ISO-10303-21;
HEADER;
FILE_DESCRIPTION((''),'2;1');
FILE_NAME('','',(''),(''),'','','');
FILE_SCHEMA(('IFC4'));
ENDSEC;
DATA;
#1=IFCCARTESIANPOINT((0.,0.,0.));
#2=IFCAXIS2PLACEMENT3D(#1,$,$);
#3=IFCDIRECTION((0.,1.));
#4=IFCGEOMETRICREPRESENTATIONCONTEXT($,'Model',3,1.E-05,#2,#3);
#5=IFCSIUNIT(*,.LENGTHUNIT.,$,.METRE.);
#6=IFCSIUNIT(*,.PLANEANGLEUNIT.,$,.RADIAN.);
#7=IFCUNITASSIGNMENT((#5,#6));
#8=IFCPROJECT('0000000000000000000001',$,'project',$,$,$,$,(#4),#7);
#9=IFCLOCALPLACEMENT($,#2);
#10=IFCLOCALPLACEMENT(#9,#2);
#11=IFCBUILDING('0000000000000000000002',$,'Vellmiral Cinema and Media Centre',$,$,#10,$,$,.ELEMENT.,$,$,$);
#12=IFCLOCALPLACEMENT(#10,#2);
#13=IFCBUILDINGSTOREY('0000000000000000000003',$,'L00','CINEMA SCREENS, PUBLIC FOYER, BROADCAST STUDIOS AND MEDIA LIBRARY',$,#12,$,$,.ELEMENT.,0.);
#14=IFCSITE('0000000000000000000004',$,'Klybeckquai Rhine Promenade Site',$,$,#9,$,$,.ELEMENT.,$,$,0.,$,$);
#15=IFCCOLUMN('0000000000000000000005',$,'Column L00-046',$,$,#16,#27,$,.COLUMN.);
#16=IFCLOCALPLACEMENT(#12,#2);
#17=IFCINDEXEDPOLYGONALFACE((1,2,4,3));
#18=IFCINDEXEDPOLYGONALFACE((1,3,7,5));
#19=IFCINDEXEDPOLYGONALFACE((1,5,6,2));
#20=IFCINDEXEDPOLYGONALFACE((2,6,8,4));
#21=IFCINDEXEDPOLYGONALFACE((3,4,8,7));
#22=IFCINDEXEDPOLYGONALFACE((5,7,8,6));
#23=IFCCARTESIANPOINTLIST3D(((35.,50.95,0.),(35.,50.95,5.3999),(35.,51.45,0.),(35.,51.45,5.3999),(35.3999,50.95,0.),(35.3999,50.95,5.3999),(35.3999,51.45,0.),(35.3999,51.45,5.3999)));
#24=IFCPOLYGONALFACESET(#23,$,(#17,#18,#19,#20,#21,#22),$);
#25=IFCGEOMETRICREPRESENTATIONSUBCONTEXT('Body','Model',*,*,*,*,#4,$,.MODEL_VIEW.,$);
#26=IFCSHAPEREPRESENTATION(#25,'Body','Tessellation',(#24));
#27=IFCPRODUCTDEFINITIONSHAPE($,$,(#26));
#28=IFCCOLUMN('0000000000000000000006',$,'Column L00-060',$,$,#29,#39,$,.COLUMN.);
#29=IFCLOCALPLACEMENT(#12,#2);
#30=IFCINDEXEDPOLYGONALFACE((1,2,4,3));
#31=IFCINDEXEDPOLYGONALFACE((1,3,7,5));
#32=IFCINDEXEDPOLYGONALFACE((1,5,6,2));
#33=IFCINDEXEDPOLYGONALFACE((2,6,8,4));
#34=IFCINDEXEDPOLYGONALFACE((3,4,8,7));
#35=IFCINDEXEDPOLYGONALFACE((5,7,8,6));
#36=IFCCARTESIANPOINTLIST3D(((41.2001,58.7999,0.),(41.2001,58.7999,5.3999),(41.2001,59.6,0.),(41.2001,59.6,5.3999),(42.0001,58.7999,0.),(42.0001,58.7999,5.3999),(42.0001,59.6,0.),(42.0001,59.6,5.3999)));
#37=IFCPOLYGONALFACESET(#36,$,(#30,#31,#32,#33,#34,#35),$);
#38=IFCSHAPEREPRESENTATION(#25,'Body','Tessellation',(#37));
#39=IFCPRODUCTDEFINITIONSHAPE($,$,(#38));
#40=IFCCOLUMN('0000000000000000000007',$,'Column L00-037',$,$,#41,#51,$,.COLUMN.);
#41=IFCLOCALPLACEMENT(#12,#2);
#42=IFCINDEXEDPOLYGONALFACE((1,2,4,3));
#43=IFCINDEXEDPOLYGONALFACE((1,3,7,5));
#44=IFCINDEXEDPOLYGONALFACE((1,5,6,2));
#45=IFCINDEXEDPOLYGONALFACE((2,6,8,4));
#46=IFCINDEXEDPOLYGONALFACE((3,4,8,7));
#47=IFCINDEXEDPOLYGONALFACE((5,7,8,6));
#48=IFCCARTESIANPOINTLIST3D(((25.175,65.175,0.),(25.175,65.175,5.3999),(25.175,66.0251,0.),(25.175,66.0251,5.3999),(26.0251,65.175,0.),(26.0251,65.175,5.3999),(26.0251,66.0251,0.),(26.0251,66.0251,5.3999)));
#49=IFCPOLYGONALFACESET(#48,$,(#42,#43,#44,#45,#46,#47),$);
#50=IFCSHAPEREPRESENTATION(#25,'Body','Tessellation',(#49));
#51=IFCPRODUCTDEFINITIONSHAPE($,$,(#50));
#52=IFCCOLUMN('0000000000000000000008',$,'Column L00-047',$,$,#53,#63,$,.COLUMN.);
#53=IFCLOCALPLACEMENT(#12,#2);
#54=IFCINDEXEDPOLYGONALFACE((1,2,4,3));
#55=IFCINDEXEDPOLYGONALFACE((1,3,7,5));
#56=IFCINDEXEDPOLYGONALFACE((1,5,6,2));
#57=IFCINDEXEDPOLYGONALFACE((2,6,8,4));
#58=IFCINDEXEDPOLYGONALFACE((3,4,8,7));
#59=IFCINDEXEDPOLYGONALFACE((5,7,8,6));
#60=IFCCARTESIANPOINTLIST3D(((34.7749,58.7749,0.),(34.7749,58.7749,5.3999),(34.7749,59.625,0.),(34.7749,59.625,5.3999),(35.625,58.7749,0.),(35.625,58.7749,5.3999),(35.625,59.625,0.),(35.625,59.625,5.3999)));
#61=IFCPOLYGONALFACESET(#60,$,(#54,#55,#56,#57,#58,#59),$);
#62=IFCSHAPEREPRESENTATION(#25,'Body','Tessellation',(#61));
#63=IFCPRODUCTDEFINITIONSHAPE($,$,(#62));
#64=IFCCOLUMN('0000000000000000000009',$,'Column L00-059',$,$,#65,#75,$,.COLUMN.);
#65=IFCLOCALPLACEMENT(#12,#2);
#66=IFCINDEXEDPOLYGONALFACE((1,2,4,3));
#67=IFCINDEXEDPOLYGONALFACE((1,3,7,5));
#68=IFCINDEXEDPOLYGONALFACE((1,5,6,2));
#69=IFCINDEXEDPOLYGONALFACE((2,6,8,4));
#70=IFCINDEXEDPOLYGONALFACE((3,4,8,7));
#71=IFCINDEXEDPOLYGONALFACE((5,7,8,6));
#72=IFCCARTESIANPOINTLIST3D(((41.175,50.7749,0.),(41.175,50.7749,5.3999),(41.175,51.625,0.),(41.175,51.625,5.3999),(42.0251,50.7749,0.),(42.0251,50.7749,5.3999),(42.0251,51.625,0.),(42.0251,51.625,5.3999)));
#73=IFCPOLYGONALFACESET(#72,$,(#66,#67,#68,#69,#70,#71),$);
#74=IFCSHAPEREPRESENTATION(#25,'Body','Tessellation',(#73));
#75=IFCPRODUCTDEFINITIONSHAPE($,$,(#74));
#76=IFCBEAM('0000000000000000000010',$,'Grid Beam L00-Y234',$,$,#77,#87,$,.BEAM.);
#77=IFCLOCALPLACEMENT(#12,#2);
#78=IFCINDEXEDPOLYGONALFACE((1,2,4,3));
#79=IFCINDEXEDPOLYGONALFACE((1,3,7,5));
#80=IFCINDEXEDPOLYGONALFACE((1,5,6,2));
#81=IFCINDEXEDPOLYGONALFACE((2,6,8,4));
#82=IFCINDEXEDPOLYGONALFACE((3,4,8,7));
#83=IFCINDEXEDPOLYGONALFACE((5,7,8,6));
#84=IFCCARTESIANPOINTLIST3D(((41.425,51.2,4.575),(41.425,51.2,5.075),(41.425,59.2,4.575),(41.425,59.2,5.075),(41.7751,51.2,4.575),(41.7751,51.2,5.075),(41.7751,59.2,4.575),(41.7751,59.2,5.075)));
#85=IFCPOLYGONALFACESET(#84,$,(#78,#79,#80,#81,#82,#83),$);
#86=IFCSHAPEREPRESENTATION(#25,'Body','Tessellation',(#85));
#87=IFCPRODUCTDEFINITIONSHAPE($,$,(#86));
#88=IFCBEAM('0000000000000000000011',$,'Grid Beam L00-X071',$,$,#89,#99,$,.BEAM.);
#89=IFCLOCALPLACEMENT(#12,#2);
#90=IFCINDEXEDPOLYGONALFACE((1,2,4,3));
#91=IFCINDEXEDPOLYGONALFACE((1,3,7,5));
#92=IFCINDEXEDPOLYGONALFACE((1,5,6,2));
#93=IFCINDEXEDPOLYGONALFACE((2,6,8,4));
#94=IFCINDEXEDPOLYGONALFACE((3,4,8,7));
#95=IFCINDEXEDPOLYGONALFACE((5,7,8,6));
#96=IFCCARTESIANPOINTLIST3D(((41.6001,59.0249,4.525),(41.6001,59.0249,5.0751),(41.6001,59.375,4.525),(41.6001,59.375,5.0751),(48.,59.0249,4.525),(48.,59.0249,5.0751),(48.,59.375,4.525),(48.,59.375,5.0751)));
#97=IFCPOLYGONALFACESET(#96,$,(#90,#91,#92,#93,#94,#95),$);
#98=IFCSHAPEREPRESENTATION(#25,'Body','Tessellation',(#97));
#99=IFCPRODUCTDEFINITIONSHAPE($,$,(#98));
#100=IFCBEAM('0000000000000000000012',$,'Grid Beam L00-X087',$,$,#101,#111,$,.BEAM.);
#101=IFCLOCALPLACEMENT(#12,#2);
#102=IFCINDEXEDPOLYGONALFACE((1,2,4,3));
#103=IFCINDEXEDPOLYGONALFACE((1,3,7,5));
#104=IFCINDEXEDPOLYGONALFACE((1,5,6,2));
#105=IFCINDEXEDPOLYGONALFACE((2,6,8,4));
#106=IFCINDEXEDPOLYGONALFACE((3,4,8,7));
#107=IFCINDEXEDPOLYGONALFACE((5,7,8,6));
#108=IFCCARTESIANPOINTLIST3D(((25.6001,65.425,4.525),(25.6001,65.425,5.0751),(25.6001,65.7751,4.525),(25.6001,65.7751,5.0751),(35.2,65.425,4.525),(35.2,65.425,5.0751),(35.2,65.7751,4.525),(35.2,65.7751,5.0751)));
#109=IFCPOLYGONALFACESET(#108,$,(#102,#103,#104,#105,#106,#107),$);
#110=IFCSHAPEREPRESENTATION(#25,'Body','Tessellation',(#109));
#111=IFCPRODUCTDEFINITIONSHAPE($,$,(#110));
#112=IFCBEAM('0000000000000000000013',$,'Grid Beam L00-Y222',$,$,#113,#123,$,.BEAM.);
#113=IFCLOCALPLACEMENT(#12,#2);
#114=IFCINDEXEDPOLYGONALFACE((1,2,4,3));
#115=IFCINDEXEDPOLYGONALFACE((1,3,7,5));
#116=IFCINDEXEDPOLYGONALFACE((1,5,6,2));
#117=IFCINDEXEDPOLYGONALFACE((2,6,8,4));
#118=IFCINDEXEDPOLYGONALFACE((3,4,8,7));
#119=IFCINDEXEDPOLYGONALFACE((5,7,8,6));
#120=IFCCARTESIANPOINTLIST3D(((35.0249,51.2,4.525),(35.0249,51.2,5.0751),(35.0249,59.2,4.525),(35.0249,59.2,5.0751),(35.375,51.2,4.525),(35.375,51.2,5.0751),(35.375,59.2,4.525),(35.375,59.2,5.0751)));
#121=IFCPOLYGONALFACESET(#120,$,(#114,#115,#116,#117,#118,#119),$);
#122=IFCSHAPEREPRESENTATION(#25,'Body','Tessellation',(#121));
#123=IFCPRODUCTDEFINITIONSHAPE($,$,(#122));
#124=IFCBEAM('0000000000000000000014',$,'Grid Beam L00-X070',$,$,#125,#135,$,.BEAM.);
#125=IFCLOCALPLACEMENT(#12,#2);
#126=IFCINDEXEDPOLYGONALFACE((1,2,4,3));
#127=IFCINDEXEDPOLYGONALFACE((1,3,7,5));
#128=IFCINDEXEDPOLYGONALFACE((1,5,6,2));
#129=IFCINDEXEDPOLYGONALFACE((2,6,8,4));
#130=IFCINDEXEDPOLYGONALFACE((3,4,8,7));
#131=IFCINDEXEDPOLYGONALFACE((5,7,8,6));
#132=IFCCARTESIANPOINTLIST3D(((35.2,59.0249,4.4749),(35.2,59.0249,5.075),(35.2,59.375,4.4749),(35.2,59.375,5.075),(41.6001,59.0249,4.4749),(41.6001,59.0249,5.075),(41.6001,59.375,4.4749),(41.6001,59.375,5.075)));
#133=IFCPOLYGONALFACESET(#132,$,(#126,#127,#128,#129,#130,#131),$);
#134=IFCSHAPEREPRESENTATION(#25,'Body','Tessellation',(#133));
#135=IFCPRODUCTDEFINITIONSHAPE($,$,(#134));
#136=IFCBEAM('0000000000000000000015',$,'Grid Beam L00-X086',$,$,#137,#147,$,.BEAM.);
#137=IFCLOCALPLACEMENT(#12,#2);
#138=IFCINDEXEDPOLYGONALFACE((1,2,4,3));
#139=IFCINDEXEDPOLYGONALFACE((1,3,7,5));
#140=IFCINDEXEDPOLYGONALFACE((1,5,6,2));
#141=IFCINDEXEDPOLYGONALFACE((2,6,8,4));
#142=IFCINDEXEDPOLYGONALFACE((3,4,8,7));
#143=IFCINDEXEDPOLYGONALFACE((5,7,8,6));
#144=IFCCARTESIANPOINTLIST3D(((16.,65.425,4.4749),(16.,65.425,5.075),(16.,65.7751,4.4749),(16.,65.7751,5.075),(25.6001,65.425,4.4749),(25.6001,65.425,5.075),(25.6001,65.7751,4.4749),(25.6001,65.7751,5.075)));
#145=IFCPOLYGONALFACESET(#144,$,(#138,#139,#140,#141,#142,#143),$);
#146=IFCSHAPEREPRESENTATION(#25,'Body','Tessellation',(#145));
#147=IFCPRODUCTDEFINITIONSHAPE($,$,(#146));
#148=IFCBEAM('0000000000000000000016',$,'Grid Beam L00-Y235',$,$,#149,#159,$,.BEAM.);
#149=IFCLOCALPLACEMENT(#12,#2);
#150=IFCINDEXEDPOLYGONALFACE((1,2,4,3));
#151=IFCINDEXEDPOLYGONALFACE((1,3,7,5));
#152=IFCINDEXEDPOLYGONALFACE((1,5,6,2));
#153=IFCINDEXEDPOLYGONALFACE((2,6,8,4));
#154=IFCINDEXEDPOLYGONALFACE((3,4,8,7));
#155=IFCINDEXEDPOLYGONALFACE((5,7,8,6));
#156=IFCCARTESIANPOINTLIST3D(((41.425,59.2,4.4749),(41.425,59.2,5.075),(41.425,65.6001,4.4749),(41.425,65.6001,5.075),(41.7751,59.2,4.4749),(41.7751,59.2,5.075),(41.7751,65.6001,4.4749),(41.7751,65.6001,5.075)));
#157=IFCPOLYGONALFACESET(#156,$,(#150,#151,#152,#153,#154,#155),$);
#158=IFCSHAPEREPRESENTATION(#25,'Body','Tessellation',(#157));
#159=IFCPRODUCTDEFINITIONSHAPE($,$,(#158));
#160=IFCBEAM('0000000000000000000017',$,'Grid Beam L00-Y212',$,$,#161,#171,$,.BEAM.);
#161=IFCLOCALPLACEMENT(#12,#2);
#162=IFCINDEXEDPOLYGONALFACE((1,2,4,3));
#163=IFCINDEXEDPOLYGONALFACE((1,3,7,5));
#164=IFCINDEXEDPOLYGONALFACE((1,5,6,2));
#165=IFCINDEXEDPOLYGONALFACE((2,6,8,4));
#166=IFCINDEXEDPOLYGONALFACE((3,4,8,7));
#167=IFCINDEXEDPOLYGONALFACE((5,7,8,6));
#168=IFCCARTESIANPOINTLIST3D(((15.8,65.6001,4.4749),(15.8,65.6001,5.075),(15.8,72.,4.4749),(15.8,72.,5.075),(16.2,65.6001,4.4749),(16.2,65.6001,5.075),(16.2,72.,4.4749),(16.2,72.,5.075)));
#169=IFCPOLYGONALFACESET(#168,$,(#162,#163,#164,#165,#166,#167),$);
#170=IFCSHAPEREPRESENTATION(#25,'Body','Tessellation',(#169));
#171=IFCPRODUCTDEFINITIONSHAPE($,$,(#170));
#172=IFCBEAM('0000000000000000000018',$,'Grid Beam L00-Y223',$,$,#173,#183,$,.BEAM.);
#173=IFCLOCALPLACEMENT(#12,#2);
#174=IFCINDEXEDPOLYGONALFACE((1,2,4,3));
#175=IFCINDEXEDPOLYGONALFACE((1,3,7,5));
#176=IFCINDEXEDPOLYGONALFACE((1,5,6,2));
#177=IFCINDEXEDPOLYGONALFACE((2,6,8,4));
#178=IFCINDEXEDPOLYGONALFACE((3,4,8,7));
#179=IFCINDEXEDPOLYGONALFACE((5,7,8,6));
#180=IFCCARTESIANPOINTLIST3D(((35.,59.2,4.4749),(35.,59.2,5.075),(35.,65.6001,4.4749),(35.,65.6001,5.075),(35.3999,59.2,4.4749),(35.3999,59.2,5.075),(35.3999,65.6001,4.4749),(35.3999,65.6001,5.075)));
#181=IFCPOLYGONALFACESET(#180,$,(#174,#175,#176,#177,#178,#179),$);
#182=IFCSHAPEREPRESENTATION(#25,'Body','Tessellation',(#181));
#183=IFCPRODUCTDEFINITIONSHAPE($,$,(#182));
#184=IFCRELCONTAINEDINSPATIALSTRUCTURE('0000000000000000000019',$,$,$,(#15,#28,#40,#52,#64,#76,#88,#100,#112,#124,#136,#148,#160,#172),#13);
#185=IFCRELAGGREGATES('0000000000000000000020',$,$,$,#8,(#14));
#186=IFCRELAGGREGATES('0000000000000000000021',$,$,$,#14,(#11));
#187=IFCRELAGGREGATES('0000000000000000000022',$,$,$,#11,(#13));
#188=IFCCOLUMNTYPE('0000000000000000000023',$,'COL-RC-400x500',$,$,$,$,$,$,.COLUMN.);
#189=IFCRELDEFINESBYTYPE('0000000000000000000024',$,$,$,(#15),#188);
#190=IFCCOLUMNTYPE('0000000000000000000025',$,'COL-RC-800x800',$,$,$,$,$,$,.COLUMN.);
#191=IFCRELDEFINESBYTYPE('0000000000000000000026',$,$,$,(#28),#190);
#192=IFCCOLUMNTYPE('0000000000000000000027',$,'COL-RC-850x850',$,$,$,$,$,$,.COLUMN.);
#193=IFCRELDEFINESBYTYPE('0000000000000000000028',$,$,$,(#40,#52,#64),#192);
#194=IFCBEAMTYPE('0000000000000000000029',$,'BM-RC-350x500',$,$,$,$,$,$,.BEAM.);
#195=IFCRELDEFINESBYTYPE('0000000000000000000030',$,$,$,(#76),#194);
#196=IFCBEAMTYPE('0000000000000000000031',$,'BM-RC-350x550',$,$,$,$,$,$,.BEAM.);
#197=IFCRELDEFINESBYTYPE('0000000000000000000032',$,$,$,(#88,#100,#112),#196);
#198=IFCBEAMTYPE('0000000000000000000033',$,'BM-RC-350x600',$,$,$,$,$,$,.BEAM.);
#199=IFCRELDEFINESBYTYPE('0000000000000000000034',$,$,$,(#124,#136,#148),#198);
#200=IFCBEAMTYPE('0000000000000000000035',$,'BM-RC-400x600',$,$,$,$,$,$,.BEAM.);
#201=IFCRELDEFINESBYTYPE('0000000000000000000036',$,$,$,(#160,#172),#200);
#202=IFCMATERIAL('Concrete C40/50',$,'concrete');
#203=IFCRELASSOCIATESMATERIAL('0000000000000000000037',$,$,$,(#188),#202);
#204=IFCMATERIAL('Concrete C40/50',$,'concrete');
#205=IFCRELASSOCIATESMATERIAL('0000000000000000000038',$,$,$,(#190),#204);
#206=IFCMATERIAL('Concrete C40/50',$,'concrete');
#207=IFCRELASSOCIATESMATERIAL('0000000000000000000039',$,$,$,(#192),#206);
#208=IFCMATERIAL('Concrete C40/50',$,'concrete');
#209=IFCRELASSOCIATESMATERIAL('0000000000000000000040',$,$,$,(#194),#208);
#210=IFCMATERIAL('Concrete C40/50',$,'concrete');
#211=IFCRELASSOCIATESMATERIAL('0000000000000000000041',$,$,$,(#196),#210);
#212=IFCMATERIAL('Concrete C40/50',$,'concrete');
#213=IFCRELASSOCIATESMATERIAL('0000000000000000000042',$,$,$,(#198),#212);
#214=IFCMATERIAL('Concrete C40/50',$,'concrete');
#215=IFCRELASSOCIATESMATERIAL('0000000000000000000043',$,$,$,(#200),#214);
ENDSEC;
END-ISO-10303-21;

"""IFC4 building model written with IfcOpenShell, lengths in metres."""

from ifc_helpers import new_model, si_unit, direction, frame, origin, origin_2d, place, context, subcontext, project, spatial, rectangle, extrude, material, material_profile, profile_set, type_object, element, save


model = new_model("IFC4")

# Units and contexts
model_context = context("Model", 3, precision=1e-05, world=origin(), true_north=direction((0.0, 1.0)))
body_context = subcontext(model_context, "Body", "Model", "MODEL_VIEW")
ifc_project = project(units=[si_unit("LENGTHUNIT", "METRE"), si_unit("PLANEANGLEUNIT", "RADIAN")], contexts=[model_context])

# Site, building, storey
site_placement = place(None, origin())
site = spatial("IfcSite", under=ifc_project, at=site_placement, Name="Klybeckquai Rhine Promenade Site", CompositionType="ELEMENT", RefElevation=0.0)
building_placement = place(site_placement, origin())
building = spatial("IfcBuilding", under=site, at=building_placement, Name="Vellmiral Cinema and Media Centre", CompositionType="ELEMENT")
storey_placement = place(building_placement, origin())
storey = spatial("IfcBuildingStorey", under=building, at=storey_placement, Name="L00", Description="CINEMA SCREENS, PUBLIC FOYER, BROADCAST STUDIOS AND MEDIA LIBRARY", CompositionType="ELEMENT", Elevation=0.0)

# Columns
ifc_material_1 = material(Name="Concrete C40/50", Category="concrete")
ifc_material_profile_1 = material_profile(ifc_material_1, rectangle(XDim=0.3999, YDim=0.5, at=origin_2d()), Name="RC 400x500")
ifc_profile_set_1 = profile_set([ifc_material_profile_1], Name="Concrete C40/50")
column_type_1 = type_object("IfcColumnType", Name="COL-RC-400x500", PredefinedType="COLUMN", material=ifc_profile_set_1)
column_1_placement = place(storey_placement, frame((35.2, 51.2, 0.0), z_axis=(0.0, 0.0, 1.0), x_axis=(1.0, 0.0, 0.0)))
element("IfcColumn", 1, at=column_1_placement, inside=storey, type_object=column_type_1, Name="Column L00-046", PredefinedType="COLUMN", context=body_context, shape_type="SweptSolid", body=[
    extrude(rectangle(XDim=0.3999, YDim=0.5, at=origin_2d()), origin(), (0.0, 0.0, 1.0), 5.3999),
])
ifc_material_2 = material(Name="Concrete C40/50", Category="concrete")
ifc_material_profile_2 = material_profile(ifc_material_2, rectangle(XDim=0.8, YDim=0.8, at=origin_2d()), Name="RC 800x800")
ifc_profile_set_2 = profile_set([ifc_material_profile_2], Name="Concrete C40/50")
column_type_2 = type_object("IfcColumnType", Name="COL-RC-800x800", PredefinedType="COLUMN", material=ifc_profile_set_2)
column_2_placement = place(storey_placement, frame((41.6001, 59.2, 0.0), z_axis=(0.0, 0.0, 1.0), x_axis=(1.0, 0.0, 0.0)))
element("IfcColumn", 2, at=column_2_placement, inside=storey, type_object=column_type_2, Name="Column L00-060", PredefinedType="COLUMN", context=body_context, shape_type="SweptSolid", body=[
    extrude(rectangle(XDim=0.8, YDim=0.8, at=origin_2d()), origin(), (0.0, 0.0, 1.0), 5.3999),
])
ifc_material_3 = material(Name="Concrete C40/50", Category="concrete")
ifc_material_profile_3 = material_profile(ifc_material_3, rectangle(XDim=0.8501, YDim=0.8501, at=origin_2d()), Name="RC 850x850")
ifc_profile_set_3 = profile_set([ifc_material_profile_3], Name="Concrete C40/50")
column_type_3 = type_object("IfcColumnType", Name="COL-RC-850x850", PredefinedType="COLUMN", material=ifc_profile_set_3)
for number, where, z_axis, x_axis, name in (
    (3, (25.6001, 65.6001, 0.0), (0.0, 0.0, 1.0), (1.0, 0.0, 0.0), "Column L00-037"),
    (4, (35.2, 59.2, 0.0), (0.0, 0.0, 1.0), (1.0, 0.0, 0.0), "Column L00-047"),
    (5, (41.6001, 51.2, 0.0), (0.0, 0.0, 1.0), (1.0, 0.0, 0.0), "Column L00-059"),
):
    element("IfcColumn", number, at=place(storey_placement, frame(where, z_axis=z_axis, x_axis=x_axis)), inside=storey, type_object=column_type_3, Name=name, PredefinedType="COLUMN", context=body_context, shape_type="SweptSolid", body=[
        extrude(rectangle(XDim=0.8501, YDim=0.8501, at=origin_2d()), origin(), (0.0, 0.0, 1.0), 5.3999),
    ])

# Beams
ifc_material_4 = material(Name="Concrete C40/50", Category="concrete")
ifc_material_profile_4 = material_profile(ifc_material_4, rectangle(XDim=0.3501, YDim=0.5, at=origin_2d()), Name="RC 350x500")
ifc_profile_set_4 = profile_set([ifc_material_profile_4], Name="Concrete C40/50")
beam_type_1 = type_object("IfcBeamType", Name="BM-RC-350x500", PredefinedType="BEAM", material=ifc_profile_set_4)
beam_1_placement = place(storey_placement, frame((41.6001, 51.2, 4.825), z_axis=(0.0, 1.0, 0.0), x_axis=(-1.0, 0.0, 0.0)))
element("IfcBeam", 6, at=beam_1_placement, inside=storey, type_object=beam_type_1, Name="Grid Beam L00-Y234", PredefinedType="BEAM", context=body_context, shape_type="SweptSolid", body=[
    extrude(rectangle(XDim=0.3501, YDim=0.5, at=origin_2d()), origin(), (0.0, 0.0, 1.0), 8.0),
])
ifc_material_5 = material(Name="Concrete C40/50", Category="concrete")
ifc_material_profile_5 = material_profile(ifc_material_5, rectangle(XDim=0.3501, YDim=0.55, at=origin_2d()), Name="RC 350x550")
ifc_profile_set_5 = profile_set([ifc_material_profile_5], Name="Concrete C40/50")
beam_type_2 = type_object("IfcBeamType", Name="BM-RC-350x550", PredefinedType="BEAM", material=ifc_profile_set_5)
beam_2_placement = place(storey_placement, frame((41.6001, 59.2, 4.8), z_axis=(1.0, 0.0, 0.0), x_axis=(0.0, 1.0, 0.0)))
element("IfcBeam", 7, at=beam_2_placement, inside=storey, type_object=beam_type_2, Name="Grid Beam L00-X071", PredefinedType="BEAM", context=body_context, shape_type="SweptSolid", body=[
    extrude(rectangle(XDim=0.3501, YDim=0.55, at=origin_2d()), origin(), (0.0, 0.0, 1.0), 6.3999),
])
beam_3_placement = place(storey_placement, frame((25.6001, 65.6001, 4.8), z_axis=(1.0, 0.0, 0.0), x_axis=(0.0, 1.0, 0.0)))
element("IfcBeam", 8, at=beam_3_placement, inside=storey, type_object=beam_type_2, Name="Grid Beam L00-X087", PredefinedType="BEAM", context=body_context, shape_type="SweptSolid", body=[
    extrude(rectangle(XDim=0.3501, YDim=0.55, at=origin_2d()), origin(), (0.0, 0.0, 1.0), 9.5999),
])
beam_4_placement = place(storey_placement, frame((35.2, 51.2, 4.8), z_axis=(0.0, 1.0, 0.0), x_axis=(-1.0, 0.0, 0.0)))
element("IfcBeam", 9, at=beam_4_placement, inside=storey, type_object=beam_type_2, Name="Grid Beam L00-Y222", PredefinedType="BEAM", context=body_context, shape_type="SweptSolid", body=[
    extrude(rectangle(XDim=0.3501, YDim=0.55, at=origin_2d()), origin(), (0.0, 0.0, 1.0), 8.0),
])
ifc_material_6 = material(Name="Concrete C40/50", Category="concrete")
ifc_material_profile_6 = material_profile(ifc_material_6, rectangle(XDim=0.3501, YDim=0.6001, at=origin_2d()), Name="RC 350x600")
ifc_profile_set_6 = profile_set([ifc_material_profile_6], Name="Concrete C40/50")
beam_type_3 = type_object("IfcBeamType", Name="BM-RC-350x600", PredefinedType="BEAM", material=ifc_profile_set_6)
beam_5_placement = place(storey_placement, frame((35.2, 59.2, 4.7749), z_axis=(1.0, 0.0, 0.0), x_axis=(0.0, 1.0, 0.0)))
element("IfcBeam", 10, at=beam_5_placement, inside=storey, type_object=beam_type_3, Name="Grid Beam L00-X070", PredefinedType="BEAM", context=body_context, shape_type="SweptSolid", body=[
    extrude(rectangle(XDim=0.3501, YDim=0.6001, at=origin_2d()), origin(), (0.0, 0.0, 1.0), 6.4001),
])
beam_6_placement = place(storey_placement, frame((16.0, 65.6001, 4.7749), z_axis=(1.0, 0.0, 0.0), x_axis=(0.0, 1.0, 0.0)))
element("IfcBeam", 11, at=beam_6_placement, inside=storey, type_object=beam_type_3, Name="Grid Beam L00-X086", PredefinedType="BEAM", context=body_context, shape_type="SweptSolid", body=[
    extrude(rectangle(XDim=0.3501, YDim=0.6001, at=origin_2d()), origin(), (0.0, 0.0, 1.0), 9.6001),
])
beam_7_placement = place(storey_placement, frame((41.6001, 59.2, 4.7749), z_axis=(0.0, 1.0, 0.0), x_axis=(-1.0, 0.0, 0.0)))
element("IfcBeam", 12, at=beam_7_placement, inside=storey, type_object=beam_type_3, Name="Grid Beam L00-Y235", PredefinedType="BEAM", context=body_context, shape_type="SweptSolid", body=[
    extrude(rectangle(XDim=0.3501, YDim=0.6001, at=origin_2d()), origin(), (0.0, 0.0, 1.0), 6.4001),
])
ifc_material_7 = material(Name="Concrete C40/50", Category="concrete")
ifc_material_profile_7 = material_profile(ifc_material_7, rectangle(XDim=0.3999, YDim=0.6001, at=origin_2d()), Name="RC 400x600")
ifc_profile_set_7 = profile_set([ifc_material_profile_7], Name="Concrete C40/50")
beam_type_4 = type_object("IfcBeamType", Name="BM-RC-400x600", PredefinedType="BEAM", material=ifc_profile_set_7)
beam_8_placement = place(storey_placement, frame((16.0, 65.6001, 4.7749), z_axis=(0.0, 1.0, 0.0), x_axis=(-1.0, 0.0, 0.0)))
element("IfcBeam", 13, at=beam_8_placement, inside=storey, type_object=beam_type_4, Name="Grid Beam L00-Y212", PredefinedType="BEAM", context=body_context, shape_type="SweptSolid", body=[
    extrude(rectangle(XDim=0.3999, YDim=0.6001, at=origin_2d()), origin(), (0.0, 0.0, 1.0), 6.3999),
])
beam_9_placement = place(storey_placement, frame((35.2, 59.2, 4.7749), z_axis=(0.0, 1.0, 0.0), x_axis=(-1.0, 0.0, 0.0)))
element("IfcBeam", 14, at=beam_9_placement, inside=storey, type_object=beam_type_4, Name="Grid Beam L00-Y223", PredefinedType="BEAM", context=body_context, shape_type="SweptSolid", body=[
    extrude(rectangle(XDim=0.3999, YDim=0.6001, at=origin_2d()), origin(), (0.0, 0.0, 1.0), 6.4001),
])

save(model, "model.ifc")
